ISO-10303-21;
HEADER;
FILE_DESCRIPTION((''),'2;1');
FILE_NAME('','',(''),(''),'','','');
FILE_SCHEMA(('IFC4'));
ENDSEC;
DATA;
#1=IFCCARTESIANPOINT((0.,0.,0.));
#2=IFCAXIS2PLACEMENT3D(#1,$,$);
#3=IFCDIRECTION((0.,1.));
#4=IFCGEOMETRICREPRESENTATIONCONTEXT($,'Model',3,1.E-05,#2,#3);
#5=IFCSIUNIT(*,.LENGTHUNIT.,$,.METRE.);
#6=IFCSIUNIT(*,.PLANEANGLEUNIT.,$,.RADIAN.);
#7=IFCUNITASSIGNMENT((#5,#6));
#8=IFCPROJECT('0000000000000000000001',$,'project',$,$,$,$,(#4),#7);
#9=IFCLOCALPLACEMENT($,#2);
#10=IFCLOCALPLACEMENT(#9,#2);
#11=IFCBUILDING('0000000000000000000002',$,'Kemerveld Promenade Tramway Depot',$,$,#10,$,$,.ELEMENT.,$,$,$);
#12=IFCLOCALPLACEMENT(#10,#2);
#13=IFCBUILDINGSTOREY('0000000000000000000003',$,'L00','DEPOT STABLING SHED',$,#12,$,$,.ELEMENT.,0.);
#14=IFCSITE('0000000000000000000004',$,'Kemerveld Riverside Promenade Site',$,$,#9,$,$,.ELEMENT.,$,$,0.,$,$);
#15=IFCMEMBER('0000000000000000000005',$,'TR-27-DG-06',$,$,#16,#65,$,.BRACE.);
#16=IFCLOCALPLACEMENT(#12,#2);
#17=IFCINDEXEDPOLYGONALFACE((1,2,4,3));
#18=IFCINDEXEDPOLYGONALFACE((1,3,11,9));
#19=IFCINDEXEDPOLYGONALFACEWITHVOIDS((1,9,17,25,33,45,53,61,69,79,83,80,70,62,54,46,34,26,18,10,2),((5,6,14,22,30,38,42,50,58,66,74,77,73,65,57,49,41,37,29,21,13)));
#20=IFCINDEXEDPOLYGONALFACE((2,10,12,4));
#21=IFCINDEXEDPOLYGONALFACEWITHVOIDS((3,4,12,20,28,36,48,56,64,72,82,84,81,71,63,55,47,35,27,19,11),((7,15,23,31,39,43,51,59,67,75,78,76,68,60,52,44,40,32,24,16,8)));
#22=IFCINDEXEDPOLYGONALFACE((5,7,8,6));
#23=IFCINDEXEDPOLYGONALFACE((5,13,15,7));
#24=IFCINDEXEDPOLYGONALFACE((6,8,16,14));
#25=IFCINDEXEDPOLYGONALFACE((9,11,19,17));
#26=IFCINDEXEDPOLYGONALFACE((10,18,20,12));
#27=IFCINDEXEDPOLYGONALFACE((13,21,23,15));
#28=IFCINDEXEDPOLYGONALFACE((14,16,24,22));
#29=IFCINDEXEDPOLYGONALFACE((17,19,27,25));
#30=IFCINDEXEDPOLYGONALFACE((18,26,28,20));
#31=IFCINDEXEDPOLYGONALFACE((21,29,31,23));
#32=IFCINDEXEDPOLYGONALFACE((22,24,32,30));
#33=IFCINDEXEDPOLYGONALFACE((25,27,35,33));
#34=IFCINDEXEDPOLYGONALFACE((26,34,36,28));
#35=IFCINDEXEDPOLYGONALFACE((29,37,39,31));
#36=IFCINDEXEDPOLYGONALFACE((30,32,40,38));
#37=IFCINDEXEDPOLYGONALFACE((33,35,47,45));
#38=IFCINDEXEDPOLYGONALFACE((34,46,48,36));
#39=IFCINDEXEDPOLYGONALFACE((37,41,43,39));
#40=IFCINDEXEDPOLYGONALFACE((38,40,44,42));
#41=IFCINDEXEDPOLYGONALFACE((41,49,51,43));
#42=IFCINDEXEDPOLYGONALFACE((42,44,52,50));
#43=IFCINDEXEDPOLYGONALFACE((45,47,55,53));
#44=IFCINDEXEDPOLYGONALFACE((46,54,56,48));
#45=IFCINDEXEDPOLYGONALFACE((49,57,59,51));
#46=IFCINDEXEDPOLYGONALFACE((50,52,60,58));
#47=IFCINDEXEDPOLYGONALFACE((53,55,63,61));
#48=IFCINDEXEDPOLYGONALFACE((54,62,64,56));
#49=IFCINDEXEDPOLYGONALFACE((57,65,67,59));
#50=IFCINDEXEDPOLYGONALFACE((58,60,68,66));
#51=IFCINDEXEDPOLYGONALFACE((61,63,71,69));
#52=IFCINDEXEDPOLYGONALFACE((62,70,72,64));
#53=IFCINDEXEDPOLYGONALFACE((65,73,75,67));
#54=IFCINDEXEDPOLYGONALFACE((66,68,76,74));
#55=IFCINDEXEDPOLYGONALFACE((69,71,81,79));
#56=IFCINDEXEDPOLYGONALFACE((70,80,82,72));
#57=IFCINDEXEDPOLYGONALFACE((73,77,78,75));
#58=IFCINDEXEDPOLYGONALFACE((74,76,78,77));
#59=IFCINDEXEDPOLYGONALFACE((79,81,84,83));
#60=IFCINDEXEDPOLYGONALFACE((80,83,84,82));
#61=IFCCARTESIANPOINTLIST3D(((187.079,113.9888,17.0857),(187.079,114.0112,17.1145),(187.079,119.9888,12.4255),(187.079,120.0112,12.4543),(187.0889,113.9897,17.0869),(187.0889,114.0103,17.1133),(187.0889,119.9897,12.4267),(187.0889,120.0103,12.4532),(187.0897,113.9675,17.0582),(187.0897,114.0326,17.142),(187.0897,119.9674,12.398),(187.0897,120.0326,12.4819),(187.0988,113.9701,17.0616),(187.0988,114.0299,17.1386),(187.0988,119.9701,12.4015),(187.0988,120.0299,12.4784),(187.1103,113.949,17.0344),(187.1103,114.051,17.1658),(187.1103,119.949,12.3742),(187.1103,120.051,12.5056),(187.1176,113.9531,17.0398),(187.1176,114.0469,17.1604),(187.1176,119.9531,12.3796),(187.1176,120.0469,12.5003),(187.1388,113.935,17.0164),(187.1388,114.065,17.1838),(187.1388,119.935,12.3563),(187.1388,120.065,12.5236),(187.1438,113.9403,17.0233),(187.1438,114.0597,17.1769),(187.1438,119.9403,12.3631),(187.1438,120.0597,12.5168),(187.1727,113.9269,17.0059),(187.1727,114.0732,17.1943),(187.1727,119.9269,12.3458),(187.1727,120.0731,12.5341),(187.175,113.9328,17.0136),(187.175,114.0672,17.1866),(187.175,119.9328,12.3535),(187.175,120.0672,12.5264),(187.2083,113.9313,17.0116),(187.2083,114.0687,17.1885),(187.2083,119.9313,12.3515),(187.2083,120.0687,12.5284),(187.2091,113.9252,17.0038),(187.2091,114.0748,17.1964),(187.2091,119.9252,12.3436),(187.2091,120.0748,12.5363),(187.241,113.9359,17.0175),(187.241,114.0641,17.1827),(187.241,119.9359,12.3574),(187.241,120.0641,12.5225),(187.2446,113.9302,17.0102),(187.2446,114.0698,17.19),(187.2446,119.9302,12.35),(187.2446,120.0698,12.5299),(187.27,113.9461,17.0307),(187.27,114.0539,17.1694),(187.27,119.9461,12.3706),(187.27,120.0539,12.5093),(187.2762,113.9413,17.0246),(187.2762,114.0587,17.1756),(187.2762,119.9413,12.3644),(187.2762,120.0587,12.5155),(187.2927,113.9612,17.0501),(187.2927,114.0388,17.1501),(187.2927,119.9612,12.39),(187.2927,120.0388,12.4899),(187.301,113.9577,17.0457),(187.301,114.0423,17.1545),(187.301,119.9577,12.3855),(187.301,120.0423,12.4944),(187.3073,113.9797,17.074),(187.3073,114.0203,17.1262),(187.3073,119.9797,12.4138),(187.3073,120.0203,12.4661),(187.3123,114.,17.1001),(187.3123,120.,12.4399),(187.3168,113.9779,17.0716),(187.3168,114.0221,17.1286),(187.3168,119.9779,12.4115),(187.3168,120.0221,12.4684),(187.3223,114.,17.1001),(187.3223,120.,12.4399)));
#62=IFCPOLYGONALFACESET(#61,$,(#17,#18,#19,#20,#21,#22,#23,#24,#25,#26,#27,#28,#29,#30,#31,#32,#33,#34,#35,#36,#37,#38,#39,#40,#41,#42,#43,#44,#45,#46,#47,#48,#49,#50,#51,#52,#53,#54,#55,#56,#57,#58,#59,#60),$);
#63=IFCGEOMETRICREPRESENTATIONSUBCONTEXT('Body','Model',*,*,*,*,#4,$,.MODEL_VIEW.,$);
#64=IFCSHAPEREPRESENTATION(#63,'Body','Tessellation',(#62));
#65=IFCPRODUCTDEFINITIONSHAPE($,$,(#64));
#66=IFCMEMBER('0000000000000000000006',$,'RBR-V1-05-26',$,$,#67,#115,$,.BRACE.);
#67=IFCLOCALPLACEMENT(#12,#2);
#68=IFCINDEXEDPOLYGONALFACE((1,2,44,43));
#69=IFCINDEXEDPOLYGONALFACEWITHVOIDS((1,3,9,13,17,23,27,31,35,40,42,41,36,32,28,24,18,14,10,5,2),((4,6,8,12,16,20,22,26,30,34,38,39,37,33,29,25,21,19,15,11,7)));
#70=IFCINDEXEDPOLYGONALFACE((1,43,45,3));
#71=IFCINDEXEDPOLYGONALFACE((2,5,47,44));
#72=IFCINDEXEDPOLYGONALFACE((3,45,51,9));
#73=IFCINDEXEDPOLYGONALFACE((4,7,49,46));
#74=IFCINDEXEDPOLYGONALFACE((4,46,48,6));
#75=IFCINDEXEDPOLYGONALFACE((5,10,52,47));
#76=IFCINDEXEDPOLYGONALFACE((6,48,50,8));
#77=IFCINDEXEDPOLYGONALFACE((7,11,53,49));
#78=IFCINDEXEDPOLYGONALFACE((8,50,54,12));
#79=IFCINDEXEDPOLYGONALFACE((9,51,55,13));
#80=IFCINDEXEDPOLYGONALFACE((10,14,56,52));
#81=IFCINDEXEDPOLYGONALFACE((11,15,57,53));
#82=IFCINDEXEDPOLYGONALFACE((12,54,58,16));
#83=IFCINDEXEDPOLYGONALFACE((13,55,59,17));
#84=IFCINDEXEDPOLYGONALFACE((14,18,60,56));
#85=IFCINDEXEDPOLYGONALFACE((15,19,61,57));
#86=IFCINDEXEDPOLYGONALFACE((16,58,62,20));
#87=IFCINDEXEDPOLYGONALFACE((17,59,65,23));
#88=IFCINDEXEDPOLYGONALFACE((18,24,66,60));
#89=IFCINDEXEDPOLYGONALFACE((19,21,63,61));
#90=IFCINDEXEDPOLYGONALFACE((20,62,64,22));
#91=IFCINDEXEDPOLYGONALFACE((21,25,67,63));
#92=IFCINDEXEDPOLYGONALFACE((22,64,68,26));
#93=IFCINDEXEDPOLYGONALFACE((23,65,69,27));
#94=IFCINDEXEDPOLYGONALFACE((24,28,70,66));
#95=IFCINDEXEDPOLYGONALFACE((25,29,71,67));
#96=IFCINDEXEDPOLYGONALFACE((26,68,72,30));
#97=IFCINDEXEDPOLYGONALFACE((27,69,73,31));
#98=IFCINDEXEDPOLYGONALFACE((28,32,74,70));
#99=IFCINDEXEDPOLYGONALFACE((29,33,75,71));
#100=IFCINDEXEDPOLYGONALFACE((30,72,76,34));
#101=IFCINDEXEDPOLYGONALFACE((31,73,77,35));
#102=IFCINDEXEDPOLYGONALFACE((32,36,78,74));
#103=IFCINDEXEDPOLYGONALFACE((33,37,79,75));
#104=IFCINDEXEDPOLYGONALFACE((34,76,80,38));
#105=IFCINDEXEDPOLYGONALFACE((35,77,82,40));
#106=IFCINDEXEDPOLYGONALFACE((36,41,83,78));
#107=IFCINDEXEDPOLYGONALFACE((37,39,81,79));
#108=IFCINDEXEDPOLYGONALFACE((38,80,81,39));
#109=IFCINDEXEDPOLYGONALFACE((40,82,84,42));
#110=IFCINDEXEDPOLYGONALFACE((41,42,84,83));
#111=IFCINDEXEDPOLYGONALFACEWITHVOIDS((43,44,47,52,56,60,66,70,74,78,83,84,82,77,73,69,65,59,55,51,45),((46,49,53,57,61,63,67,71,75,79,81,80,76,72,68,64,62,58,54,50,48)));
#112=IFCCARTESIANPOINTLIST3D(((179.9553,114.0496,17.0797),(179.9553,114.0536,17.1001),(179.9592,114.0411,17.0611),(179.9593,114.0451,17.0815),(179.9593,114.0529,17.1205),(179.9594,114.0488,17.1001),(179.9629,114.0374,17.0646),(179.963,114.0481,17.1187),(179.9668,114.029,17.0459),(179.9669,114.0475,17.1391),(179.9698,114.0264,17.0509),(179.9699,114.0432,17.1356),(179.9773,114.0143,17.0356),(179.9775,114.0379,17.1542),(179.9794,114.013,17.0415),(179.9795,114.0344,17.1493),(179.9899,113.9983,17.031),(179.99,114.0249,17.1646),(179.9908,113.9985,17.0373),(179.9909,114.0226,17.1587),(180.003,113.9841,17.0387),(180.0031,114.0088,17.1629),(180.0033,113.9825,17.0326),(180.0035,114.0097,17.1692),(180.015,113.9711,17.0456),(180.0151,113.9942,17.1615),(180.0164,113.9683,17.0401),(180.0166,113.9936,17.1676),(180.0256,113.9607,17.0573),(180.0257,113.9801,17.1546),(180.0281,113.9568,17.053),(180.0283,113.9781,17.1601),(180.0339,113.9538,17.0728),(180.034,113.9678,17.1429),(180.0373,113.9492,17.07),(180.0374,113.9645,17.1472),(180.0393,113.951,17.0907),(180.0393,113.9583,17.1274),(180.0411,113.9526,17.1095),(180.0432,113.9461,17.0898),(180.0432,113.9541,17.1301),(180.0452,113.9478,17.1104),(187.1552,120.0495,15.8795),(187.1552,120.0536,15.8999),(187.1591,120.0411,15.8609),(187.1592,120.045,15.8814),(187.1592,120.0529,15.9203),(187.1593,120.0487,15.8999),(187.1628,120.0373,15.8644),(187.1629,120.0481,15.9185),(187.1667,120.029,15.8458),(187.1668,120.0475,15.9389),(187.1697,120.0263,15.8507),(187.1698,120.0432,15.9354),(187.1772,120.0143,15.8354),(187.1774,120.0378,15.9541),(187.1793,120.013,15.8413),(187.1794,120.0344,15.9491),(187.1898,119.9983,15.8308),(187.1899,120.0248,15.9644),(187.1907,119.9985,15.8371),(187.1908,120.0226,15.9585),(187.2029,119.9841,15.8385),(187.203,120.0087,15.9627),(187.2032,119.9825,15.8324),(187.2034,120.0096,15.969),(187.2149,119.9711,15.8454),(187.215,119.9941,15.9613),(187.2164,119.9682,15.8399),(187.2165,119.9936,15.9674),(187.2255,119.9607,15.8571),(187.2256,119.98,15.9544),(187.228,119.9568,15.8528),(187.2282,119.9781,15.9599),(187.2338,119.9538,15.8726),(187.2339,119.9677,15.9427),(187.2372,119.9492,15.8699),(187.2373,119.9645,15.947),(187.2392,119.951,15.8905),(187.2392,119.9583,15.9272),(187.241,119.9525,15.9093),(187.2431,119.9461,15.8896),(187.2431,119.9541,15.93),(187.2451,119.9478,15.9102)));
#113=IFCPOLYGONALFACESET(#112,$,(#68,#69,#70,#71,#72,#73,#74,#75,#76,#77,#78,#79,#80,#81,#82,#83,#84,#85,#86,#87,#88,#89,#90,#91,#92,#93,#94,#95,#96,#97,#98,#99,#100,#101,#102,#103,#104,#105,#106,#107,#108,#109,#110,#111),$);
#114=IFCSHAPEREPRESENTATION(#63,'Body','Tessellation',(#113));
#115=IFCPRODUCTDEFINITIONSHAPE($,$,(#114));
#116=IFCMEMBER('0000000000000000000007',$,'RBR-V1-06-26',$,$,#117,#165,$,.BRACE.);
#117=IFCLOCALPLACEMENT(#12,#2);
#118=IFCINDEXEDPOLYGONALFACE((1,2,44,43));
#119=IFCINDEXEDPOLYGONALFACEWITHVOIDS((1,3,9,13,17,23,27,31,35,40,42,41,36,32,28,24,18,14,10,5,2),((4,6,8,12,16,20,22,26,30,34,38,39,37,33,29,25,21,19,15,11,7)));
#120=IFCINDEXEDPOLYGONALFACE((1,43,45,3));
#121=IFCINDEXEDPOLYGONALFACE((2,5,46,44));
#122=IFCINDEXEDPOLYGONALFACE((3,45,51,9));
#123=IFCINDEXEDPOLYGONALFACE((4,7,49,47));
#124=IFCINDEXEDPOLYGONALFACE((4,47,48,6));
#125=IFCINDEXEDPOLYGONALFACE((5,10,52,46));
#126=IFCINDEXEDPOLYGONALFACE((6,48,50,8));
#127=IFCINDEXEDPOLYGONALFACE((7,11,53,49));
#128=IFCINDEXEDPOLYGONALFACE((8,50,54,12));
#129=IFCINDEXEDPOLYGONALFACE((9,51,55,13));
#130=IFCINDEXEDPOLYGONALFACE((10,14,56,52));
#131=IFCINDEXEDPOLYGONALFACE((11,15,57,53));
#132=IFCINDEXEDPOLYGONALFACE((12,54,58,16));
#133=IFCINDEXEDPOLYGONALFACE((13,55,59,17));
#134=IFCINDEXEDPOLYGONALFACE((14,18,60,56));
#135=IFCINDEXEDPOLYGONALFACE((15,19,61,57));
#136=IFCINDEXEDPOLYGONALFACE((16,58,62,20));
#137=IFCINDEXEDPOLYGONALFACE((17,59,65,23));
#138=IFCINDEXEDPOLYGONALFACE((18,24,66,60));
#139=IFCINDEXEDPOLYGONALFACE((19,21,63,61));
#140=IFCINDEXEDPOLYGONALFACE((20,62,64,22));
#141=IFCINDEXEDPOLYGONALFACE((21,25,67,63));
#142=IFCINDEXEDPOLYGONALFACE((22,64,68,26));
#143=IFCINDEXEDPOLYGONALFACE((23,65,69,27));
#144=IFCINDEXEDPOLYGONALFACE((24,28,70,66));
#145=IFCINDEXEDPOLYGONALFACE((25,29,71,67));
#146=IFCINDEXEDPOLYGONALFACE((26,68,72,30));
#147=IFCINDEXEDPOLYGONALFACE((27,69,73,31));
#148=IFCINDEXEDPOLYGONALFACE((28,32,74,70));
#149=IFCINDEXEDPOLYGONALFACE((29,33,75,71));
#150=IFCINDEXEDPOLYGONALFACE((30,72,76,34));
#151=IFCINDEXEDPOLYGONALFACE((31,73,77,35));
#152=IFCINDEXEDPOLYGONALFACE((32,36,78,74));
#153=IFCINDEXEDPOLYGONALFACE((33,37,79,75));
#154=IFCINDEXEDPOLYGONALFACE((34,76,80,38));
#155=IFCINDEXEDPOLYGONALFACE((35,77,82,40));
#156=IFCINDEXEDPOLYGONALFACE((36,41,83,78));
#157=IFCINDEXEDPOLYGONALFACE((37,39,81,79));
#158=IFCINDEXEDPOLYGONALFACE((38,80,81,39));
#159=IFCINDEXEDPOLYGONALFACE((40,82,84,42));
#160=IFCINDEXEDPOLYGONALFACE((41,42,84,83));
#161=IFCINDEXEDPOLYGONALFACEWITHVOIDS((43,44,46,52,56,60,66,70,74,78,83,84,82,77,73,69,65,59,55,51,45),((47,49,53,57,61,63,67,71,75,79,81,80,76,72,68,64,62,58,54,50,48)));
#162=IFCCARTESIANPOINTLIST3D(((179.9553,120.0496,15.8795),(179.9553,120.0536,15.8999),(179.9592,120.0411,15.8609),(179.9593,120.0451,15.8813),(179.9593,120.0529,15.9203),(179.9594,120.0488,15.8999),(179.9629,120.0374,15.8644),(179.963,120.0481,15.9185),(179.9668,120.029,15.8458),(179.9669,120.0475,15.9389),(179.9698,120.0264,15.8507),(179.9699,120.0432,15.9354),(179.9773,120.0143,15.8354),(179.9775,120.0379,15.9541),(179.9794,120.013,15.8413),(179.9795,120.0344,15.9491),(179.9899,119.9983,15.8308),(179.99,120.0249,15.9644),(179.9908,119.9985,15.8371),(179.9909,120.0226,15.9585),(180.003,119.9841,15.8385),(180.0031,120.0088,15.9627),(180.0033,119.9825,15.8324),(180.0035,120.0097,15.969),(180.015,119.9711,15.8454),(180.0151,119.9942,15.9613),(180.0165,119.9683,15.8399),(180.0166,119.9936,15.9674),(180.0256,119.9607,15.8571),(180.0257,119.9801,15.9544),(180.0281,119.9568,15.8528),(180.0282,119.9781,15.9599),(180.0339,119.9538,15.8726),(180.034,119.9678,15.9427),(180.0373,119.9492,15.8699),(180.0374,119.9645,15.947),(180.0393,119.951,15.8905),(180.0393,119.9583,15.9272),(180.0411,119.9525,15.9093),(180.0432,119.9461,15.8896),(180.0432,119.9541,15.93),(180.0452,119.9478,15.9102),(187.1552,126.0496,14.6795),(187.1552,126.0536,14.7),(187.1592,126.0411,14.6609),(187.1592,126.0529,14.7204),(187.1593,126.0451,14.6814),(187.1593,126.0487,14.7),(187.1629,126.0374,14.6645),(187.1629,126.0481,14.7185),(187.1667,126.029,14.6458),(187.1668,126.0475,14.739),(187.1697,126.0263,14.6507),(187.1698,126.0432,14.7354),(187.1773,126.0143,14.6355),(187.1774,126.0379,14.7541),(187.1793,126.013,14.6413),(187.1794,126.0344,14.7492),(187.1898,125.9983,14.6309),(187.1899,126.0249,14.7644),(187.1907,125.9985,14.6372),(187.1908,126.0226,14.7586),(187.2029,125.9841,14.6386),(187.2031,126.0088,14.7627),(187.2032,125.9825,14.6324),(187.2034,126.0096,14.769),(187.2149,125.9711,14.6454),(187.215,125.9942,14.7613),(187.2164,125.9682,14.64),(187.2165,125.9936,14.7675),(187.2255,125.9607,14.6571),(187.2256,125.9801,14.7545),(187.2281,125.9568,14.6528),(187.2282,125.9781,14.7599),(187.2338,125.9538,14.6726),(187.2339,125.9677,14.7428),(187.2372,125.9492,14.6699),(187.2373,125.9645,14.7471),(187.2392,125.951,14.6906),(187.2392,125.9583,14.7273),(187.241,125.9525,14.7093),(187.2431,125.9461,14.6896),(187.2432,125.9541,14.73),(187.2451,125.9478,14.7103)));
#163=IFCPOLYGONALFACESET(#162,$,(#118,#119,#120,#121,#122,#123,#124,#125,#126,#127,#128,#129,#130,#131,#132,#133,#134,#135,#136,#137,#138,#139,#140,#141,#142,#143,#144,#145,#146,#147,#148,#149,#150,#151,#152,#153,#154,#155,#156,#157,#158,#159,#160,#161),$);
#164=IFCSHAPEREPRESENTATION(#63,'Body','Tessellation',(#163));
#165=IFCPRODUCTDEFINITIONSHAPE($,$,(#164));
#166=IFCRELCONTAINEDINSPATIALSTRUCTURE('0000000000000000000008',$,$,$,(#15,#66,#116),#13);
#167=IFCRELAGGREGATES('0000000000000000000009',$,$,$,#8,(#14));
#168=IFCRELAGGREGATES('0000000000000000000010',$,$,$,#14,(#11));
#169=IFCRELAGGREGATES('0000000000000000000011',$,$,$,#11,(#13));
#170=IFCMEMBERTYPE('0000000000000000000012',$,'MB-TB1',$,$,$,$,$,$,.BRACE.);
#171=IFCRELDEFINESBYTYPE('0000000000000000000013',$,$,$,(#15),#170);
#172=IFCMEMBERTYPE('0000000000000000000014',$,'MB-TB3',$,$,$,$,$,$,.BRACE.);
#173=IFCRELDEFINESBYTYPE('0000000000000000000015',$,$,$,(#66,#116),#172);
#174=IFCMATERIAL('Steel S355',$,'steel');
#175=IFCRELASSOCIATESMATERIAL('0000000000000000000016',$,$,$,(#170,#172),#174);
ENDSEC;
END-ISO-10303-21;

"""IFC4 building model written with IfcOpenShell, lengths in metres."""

from ifc_helpers import new_model, si_unit, direction, frame, origin, origin_2d, place, context, subcontext, project, spatial, hollow_circle, extrude, material, material_profile, profile_set, type_object, element, save


model = new_model("IFC4")

# Units and contexts
model_context = context("Model", 3, precision=1e-05, world=origin(), true_north=direction((0.0, 1.0)))
body_context = subcontext(model_context, "Body", "Model", "MODEL_VIEW")
ifc_project = project(units=[si_unit("LENGTHUNIT", "METRE"), si_unit("PLANEANGLEUNIT", "RADIAN")], contexts=[model_context])

# Site, building, storey
site_placement = place(None, origin())
site = spatial("IfcSite", under=ifc_project, at=site_placement, Name="Kemerveld Riverside Promenade Site", CompositionType="ELEMENT", RefElevation=0.0)
building_placement = place(site_placement, origin())
building = spatial("IfcBuilding", under=site, at=building_placement, Name="Kemerveld Promenade Tramway Depot", CompositionType="ELEMENT")
storey_placement = place(building_placement, origin())
storey = spatial("IfcBuildingStorey", under=building, at=storey_placement, Name="L00", Description="DEPOT STABLING SHED", CompositionType="ELEMENT", Elevation=0.0)

# Members
ifc_material = material(Name="Steel S355", Category="steel")
ifc_material_profile_1 = material_profile(ifc_material, hollow_circle(Radius=0.1223, WallThickness=0.01, at=origin_2d()), Name="244.5x10.0 CHS")
ifc_profile_set_1 = profile_set([ifc_material_profile_1], Name="Steel S355")
member_type_1 = type_object("IfcMemberType", Name="MB-TB1", PredefinedType="BRACE", material=ifc_profile_set_1)
member_1_placement = place(storey_placement, frame((187.2, 120.0, 12.4399), z_axis=(0.0, -0.789767, 0.613407), x_axis=(1.0, 0.0, 0.0)))
element("IfcMember", 1, at=member_1_placement, inside=storey, type_object=member_type_1, Name="TR-27-DG-06", PredefinedType="BRACE", context=body_context, shape_type="SweptSolid", body=[
    extrude(hollow_circle(Radius=0.1223, WallThickness=0.01, at=origin_2d()), origin(), (0.0, 0.0, 1.0), 7.5972),
])
ifc_material_profile_2 = material_profile(ifc_material, hollow_circle(Radius=0.0698, WallThickness=0.0063, at=origin_2d()), Name="139.7x6.3 CHS")
ifc_profile_set_2 = profile_set([ifc_material_profile_2], Name="Steel S355")
member_type_2 = type_object("IfcMemberType", Name="MB-TB3", PredefinedType="BRACE", material=ifc_profile_set_2)
for number, where, z_axis, x_axis, name in (
    (2, (180.0, 114.0, 17.1001), (0.761997, 0.635001, -0.127021), (-0.640187, 0.768219, 0.0), "RBR-V1-05-26"),
    (3, (180.0, 120.0, 15.8999), (0.761999, 0.635004, -0.126996), (-0.640187, 0.768219, 0.0), "RBR-V1-06-26"),
):
    element("IfcMember", number, at=place(storey_placement, frame(where, z_axis=z_axis, x_axis=x_axis)), inside=storey, type_object=member_type_2, Name=name, PredefinedType="BRACE", context=body_context, shape_type="SweptSolid", body=[
        extrude(hollow_circle(Radius=0.0698, WallThickness=0.0063, at=origin_2d()), origin(), (0.0, 0.0, 1.0), 9.4487),
    ])

save(model, "model.ifc")
